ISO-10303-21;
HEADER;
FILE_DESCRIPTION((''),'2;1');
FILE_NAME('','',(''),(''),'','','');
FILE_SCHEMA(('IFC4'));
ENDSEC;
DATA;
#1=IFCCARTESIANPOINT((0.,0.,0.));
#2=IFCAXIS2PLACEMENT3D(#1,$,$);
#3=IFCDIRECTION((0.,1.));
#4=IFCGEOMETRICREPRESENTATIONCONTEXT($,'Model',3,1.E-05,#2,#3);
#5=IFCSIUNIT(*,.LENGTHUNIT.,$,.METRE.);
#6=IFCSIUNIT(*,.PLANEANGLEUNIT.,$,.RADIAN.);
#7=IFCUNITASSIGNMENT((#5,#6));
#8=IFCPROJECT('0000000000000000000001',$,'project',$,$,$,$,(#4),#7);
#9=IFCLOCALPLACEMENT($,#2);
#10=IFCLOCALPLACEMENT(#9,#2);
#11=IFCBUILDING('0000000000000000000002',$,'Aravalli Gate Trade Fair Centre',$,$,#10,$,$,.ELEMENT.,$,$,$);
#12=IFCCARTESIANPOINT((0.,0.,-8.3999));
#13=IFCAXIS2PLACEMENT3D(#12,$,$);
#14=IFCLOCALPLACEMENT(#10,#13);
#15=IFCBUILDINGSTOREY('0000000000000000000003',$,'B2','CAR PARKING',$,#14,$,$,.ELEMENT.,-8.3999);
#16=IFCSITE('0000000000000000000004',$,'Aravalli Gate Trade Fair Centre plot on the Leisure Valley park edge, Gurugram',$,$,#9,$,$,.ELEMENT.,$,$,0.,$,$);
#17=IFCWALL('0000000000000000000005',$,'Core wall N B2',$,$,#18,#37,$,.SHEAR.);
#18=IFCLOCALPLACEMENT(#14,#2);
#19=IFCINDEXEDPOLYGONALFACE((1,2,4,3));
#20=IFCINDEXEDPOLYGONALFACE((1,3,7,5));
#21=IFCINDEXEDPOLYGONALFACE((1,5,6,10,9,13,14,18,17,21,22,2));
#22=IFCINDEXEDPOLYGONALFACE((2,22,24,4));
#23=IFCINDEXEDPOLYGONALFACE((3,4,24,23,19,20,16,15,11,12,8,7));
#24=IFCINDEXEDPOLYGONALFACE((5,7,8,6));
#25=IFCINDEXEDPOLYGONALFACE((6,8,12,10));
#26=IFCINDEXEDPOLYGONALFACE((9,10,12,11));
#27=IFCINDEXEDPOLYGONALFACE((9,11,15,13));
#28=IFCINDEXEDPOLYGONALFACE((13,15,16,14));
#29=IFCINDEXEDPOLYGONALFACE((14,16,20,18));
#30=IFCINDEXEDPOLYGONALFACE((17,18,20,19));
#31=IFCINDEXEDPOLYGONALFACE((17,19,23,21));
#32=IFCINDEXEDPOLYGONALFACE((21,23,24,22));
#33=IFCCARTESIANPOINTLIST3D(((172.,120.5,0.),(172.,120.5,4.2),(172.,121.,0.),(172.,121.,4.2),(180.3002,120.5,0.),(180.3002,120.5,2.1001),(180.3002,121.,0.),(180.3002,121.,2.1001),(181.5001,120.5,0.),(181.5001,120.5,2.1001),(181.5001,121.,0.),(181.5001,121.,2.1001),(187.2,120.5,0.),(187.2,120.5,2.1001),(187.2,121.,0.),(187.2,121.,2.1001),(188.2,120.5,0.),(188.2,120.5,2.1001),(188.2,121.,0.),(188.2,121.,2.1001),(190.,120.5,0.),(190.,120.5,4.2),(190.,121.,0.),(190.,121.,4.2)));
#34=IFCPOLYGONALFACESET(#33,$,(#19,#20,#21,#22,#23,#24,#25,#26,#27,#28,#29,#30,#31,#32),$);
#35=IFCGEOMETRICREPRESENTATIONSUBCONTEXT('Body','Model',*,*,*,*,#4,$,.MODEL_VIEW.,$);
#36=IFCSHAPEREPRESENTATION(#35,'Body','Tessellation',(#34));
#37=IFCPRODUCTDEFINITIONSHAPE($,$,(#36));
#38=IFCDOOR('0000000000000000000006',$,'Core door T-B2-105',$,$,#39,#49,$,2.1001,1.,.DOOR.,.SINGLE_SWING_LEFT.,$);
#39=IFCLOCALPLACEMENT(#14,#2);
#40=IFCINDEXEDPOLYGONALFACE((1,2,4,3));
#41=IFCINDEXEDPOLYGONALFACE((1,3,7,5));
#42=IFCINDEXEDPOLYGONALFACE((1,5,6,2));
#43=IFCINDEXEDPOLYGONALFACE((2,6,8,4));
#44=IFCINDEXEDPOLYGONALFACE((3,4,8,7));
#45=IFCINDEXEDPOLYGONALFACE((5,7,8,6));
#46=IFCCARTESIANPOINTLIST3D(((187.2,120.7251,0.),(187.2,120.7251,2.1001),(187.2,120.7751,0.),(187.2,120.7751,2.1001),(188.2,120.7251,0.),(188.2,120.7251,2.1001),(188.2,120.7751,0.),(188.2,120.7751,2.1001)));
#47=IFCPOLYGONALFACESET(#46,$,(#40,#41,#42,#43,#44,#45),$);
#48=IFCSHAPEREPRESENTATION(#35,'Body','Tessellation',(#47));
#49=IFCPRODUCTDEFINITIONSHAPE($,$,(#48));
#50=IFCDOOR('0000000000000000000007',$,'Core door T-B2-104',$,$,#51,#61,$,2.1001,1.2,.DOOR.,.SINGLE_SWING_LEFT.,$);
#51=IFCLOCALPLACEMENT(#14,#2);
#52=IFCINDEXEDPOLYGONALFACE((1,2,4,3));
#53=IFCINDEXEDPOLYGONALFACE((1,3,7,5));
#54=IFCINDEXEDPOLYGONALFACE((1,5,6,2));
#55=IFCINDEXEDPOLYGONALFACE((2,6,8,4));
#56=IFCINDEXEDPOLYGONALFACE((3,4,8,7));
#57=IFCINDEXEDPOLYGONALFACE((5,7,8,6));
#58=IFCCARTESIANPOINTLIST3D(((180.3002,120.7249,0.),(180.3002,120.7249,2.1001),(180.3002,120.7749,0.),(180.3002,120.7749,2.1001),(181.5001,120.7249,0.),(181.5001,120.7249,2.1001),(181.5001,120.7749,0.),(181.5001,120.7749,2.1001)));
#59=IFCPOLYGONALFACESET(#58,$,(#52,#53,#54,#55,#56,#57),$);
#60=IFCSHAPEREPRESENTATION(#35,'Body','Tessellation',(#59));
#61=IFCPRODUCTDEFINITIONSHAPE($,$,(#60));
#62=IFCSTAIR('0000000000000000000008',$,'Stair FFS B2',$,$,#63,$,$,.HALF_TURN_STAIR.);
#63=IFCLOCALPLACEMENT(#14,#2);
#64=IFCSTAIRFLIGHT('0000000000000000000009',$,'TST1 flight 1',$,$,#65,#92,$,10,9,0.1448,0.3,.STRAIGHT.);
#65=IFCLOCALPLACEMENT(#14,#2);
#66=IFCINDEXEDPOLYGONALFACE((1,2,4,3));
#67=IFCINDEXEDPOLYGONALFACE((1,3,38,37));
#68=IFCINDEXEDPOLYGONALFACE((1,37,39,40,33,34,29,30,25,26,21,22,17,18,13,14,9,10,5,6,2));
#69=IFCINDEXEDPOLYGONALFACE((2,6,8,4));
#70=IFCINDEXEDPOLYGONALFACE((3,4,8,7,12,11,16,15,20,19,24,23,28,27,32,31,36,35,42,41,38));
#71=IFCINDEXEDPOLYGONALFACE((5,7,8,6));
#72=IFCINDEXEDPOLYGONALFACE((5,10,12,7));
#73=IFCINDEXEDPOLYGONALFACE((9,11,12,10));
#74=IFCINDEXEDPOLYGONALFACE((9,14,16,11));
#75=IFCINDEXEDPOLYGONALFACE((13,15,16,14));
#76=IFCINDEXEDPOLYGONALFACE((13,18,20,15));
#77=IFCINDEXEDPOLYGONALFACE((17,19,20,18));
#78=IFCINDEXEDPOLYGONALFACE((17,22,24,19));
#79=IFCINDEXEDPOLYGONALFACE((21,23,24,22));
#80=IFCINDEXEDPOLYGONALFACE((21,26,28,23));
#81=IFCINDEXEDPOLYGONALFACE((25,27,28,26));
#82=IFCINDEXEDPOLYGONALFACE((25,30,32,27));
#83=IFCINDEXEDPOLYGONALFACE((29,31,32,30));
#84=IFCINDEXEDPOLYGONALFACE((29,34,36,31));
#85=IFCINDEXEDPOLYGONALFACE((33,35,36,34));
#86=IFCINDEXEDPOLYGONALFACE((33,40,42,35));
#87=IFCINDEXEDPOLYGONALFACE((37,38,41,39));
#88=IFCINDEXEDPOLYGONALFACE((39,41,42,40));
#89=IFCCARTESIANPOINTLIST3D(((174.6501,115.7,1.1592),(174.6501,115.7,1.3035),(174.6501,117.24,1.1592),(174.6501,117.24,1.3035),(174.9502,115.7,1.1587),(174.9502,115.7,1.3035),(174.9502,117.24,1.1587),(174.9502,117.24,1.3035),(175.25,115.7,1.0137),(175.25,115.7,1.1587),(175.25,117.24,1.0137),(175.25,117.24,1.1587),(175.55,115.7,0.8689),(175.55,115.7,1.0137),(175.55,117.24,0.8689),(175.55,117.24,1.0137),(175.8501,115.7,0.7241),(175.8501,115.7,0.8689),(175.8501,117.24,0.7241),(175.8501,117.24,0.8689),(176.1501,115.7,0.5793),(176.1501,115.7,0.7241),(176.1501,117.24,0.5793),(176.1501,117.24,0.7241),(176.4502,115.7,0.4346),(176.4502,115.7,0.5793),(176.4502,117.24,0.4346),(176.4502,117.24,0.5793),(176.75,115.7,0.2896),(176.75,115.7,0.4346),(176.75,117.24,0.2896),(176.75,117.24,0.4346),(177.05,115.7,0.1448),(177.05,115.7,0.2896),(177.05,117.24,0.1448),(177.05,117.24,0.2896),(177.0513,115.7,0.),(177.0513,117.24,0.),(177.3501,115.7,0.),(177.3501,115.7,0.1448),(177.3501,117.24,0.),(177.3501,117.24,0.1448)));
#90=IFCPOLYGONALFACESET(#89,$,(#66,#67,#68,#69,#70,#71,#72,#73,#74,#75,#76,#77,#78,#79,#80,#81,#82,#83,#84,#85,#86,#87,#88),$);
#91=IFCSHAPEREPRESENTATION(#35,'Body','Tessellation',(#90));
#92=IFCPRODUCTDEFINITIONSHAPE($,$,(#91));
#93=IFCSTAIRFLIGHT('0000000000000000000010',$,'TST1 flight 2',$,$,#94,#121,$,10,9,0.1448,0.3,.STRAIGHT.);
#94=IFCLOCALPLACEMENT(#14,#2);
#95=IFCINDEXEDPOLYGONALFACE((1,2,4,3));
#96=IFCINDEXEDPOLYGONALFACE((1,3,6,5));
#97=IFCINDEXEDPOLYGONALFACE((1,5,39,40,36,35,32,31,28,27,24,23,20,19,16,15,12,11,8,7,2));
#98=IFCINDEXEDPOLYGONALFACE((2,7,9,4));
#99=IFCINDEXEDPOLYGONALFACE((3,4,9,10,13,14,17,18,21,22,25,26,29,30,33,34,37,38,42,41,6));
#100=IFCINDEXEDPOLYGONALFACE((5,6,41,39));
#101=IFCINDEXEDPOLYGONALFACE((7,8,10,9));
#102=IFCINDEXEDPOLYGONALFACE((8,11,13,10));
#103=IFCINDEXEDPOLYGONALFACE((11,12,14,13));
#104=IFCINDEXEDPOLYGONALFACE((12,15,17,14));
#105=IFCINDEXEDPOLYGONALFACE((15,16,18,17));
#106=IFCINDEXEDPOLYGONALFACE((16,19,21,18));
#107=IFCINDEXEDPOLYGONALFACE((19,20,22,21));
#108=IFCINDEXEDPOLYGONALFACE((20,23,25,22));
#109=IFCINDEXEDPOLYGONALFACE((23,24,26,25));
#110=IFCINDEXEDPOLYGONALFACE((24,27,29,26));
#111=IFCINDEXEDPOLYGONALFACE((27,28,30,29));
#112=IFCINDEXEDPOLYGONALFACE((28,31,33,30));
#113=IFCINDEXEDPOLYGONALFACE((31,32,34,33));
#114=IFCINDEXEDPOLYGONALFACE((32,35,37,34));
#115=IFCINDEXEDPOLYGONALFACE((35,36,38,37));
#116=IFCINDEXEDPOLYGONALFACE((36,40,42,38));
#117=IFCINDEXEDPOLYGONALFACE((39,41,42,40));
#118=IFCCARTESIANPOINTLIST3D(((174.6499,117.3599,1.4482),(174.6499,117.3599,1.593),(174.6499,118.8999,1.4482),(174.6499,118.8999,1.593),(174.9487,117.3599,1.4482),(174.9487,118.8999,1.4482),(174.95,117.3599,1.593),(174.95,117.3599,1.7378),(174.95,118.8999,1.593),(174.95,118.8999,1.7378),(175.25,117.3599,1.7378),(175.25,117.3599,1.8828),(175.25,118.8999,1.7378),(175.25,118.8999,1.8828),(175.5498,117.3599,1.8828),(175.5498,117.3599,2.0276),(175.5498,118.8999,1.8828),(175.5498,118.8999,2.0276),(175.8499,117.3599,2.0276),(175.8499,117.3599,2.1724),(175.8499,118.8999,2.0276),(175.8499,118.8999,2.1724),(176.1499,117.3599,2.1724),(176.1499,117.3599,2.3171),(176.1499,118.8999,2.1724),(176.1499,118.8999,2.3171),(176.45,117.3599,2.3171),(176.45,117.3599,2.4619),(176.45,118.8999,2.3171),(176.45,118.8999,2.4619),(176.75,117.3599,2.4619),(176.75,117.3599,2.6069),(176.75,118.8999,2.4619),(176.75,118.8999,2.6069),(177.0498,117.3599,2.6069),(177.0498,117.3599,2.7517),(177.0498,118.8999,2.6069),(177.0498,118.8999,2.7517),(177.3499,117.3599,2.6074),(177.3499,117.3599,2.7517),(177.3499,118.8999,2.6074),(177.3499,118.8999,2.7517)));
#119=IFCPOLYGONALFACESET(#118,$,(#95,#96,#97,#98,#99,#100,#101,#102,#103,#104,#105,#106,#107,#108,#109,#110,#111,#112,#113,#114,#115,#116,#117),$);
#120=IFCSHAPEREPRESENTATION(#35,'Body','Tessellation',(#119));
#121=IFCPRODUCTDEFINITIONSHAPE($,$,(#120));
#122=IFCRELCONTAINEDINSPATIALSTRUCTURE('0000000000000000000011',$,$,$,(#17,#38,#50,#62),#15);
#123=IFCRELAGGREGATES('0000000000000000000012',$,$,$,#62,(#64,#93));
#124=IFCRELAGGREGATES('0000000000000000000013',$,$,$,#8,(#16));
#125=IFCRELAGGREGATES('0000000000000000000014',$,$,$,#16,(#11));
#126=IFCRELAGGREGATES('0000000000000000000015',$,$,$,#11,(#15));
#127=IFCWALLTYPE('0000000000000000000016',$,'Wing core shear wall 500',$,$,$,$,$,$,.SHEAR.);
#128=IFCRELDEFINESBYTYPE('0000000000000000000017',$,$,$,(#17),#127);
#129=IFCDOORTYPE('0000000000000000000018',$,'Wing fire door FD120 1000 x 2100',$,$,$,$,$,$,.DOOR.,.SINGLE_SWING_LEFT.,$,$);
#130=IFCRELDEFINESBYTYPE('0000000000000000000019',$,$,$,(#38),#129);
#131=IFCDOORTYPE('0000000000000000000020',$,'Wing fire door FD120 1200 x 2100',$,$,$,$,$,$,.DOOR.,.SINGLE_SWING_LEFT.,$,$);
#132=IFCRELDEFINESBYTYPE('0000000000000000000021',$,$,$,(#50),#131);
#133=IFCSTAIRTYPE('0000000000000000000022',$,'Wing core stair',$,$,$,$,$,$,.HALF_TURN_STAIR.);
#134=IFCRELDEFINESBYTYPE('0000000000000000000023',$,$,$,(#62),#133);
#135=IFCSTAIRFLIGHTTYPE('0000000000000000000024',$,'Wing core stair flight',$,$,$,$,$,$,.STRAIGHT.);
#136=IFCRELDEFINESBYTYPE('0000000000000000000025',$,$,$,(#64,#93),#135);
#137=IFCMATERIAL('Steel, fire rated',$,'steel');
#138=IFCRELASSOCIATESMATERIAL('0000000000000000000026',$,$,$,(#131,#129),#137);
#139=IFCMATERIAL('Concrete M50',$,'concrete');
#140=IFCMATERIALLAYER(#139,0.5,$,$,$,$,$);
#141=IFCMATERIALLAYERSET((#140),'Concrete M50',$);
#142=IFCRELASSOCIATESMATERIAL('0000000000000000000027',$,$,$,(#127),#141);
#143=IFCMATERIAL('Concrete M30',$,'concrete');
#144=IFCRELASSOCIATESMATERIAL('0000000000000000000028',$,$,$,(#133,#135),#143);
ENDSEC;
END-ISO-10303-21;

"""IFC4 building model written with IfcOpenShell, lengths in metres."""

from ifc_helpers import new_model, si_unit, direction, frame, frame_2d, origin, place, context, subcontext, project, spatial, polyline, rectangle, outline, extrude, material, layer, layer_set, type_object, element, fill, aggregate, save


model = new_model("IFC4")

# Units and contexts
model_context = context("Model", 3, precision=1e-05, world=origin(), true_north=direction((0.0, 1.0)))
body_context = subcontext(model_context, "Body", "Model", "MODEL_VIEW")
ifc_project = project(units=[si_unit("LENGTHUNIT", "METRE"), si_unit("PLANEANGLEUNIT", "RADIAN")], contexts=[model_context])

# Site, building, storey
site_placement = place(None, origin())
site = spatial("IfcSite", under=ifc_project, at=site_placement, Name="Aravalli Gate Trade Fair Centre plot on the Leisure Valley park edge, Gurugram", CompositionType="ELEMENT", RefElevation=0.0)
building_placement = place(site_placement, origin())
building = spatial("IfcBuilding", under=site, at=building_placement, Name="Aravalli Gate Trade Fair Centre", CompositionType="ELEMENT")
storey_placement = place(building_placement, frame((0.0, 0.0, -8.3999)))
storey = spatial("IfcBuildingStorey", under=building, at=storey_placement, Name="B2", Description="CAR PARKING", CompositionType="ELEMENT", Elevation=-8.3999)

# Shared definitions
ifc_material_1 = material(Name="Concrete M50", Category="concrete")

# Shared definitions
ifc_material_2 = material(Name="Concrete M30", Category="concrete")

# Shared definitions
ifc_material_3 = material(Name="Steel, fire rated", Category="steel")
door_type_1 = type_object("IfcDoorType", Name="Wing fire door FD120 1200 x 2100", OperationType="SINGLE_SWING_LEFT", PredefinedType="DOOR", material=ifc_material_3)

# Wall, openings, doors
ifc_layer_1 = layer(ifc_material_1, 0.5)
ifc_layer_set_1 = layer_set([ifc_layer_1], Name="Concrete M50")
wall_type_1 = type_object("IfcWallType", Name="Wing core shear wall 500", PredefinedType="SHEAR", material=ifc_layer_set_1)
wall_1_placement = place(storey_placement, frame((172.0, 120.75, 0.0), z_axis=(0.0, 0.0, 1.0), x_axis=(1.0, 0.0, 0.0)))
wall_1 = element("IfcWall", 1, at=wall_1_placement, inside=storey, type_object=wall_type_1, Name="Core wall N B2", PredefinedType="SHEAR", context=body_context, shape_type="SweptSolid", body=[
    extrude(rectangle(XDim=18.0, YDim=0.5, at=frame_2d((9.0, 0.0))), origin(), (0.0, 0.0, 1.0), 4.2),
])
opening_1_placement = place(wall_1_placement, frame((8.3, 0.0, 0.0)))
opening_1 = element("IfcOpeningElement", 2, at=opening_1_placement, cuts=wall_1, PredefinedType="OPENING", context=body_context, shape_type="SweptSolid", body=[
    extrude(rectangle(XDim=1.2, YDim=2.1001, at=frame_2d((0.6001, 1.05))), frame((0.0, 0.26, 0.0), z_axis=(0.0, -1.0, 0.0), x_axis=(1.0, 0.0, 0.0)), (0.0, 0.0, 1.0), 0.52),
])
opening_2_placement = place(wall_1_placement, frame((15.2, 0.0, 0.0)))
opening_2 = element("IfcOpeningElement", 3, at=opening_2_placement, cuts=wall_1, PredefinedType="OPENING", context=body_context, shape_type="SweptSolid", body=[
    extrude(rectangle(XDim=1.0, YDim=2.1001, at=frame_2d((0.5, 1.05))), frame((0.0, 0.26, 0.0), z_axis=(0.0, -1.0, 0.0), x_axis=(1.0, 0.0, 0.0)), (0.0, 0.0, 1.0), 0.52),
])
door_type_2 = type_object("IfcDoorType", Name="Wing fire door FD120 1000 x 2100", OperationType="SINGLE_SWING_LEFT", PredefinedType="DOOR", material=ifc_material_3)
door_1_placement = place(opening_2_placement, frame((1.0, 0.0, 0.0), z_axis=(0.0, 0.0, 1.0), x_axis=(-1.0, 0.0, 0.0)))
door_1 = element("IfcDoor", 4, at=door_1_placement, inside=storey, type_object=door_type_2, Name="Core door T-B2-105", OperationType="SINGLE_SWING_LEFT", OverallHeight=2.1001, OverallWidth=1.0, PredefinedType="DOOR", context=body_context, shape_type="SweptSolid", body=[
    extrude(rectangle(XDim=1.0, YDim=2.1001, at=frame_2d((0.5, 1.05))), frame((0.0, 0.0249, 0.0), z_axis=(0.0, -1.0, 0.0), x_axis=(1.0, 0.0, 0.0)), (0.0, 0.0, 1.0), 0.05),
])
fill(opening_2, door_1)
door_2_placement = place(opening_1_placement, origin())
door_2 = element("IfcDoor", 5, at=door_2_placement, inside=storey, type_object=door_type_1, Name="Core door T-B2-104", OperationType="SINGLE_SWING_LEFT", OverallHeight=2.1001, OverallWidth=1.2, PredefinedType="DOOR", context=body_context, shape_type="SweptSolid", body=[
    extrude(rectangle(XDim=1.2, YDim=2.1001, at=frame_2d((0.6001, 1.05))), frame((0.0, 0.0249, 0.0), z_axis=(0.0, -1.0, 0.0), x_axis=(1.0, 0.0, 0.0)), (0.0, 0.0, 1.0), 0.05),
])
fill(opening_1, door_2)

# Stair, stair flights
stair_type = type_object("IfcStairType", Name="Wing core stair", PredefinedType="HALF_TURN_STAIR", material=ifc_material_2)
stair_placement = place(storey_placement, origin())
stair = element("IfcStair", 6, at=stair_placement, inside=storey, type_object=stair_type, Name="Stair FFS B2", PredefinedType="HALF_TURN_STAIR")
stair_flight_type = type_object("IfcStairFlightType", Name="Wing core stair flight", PredefinedType="STRAIGHT", material=ifc_material_2)
stair_flight_1_placement = place(storey_placement, frame((177.3501, 116.47, 0.0), z_axis=(0.0, 0.0, 1.0), x_axis=(-1.0, 0.0, 0.0)))
stair_flight_1 = element("IfcStairFlight", 7, at=stair_flight_1_placement, type_object=stair_flight_type, Name="TST1 flight 1", NumberOfRisers=10, NumberOfTreads=9, PredefinedType="STRAIGHT", RiserHeight=0.1448, TreadLength=0.3, context=body_context, shape_type="SweptSolid", body=[
    extrude(outline(polyline([(0.0, 0.0), (0.0, 0.1448), (0.3, 0.1448), (0.3, 0.2896), (0.6001, 0.2896), (0.6001, 0.4346), (0.8999, 0.4346), (0.8999, 0.5793), (1.2, 0.5793), (1.2, 0.7241), (1.5, 0.7241), (1.5, 0.8689), (1.8, 0.8689), (1.8, 1.0137), (2.1001, 1.0137), (2.1001, 1.1587), (2.3999, 1.1587), (2.3999, 1.3035), (2.7, 1.3035), (2.7, 1.4482), (2.7, 1.1592), (0.2988, 0.0), (0.0, 0.0)])), frame((0.0, 0.77, 0.0), z_axis=(0.0, -1.0, 0.0), x_axis=(1.0, 0.0, 0.0)), (0.0, 0.0, 1.0), 1.54),
])
stair_flight_2_placement = place(storey_placement, frame((174.6499, 118.1299, 1.4482), z_axis=(0.0, 0.0, 1.0), x_axis=(1.0, 0.0, 0.0)))
stair_flight_2 = element("IfcStairFlight", 8, at=stair_flight_2_placement, type_object=stair_flight_type, Name="TST1 flight 2", NumberOfRisers=10, NumberOfTreads=9, PredefinedType="STRAIGHT", RiserHeight=0.1448, TreadLength=0.3, context=body_context, shape_type="SweptSolid", body=[
    extrude(outline(polyline([(0.0, 0.0), (0.0, 0.1448), (0.3, 0.1448), (0.3, 0.2896), (0.6001, 0.2896), (0.6001, 0.4346), (0.8999, 0.4346), (0.8999, 0.5793), (1.2, 0.5793), (1.2, 0.7241), (1.5, 0.7241), (1.5, 0.8689), (1.8, 0.8689), (1.8, 1.0137), (2.1001, 1.0137), (2.1001, 1.1587), (2.3999, 1.1587), (2.3999, 1.3035), (2.7, 1.3035), (2.7, 1.4482), (2.7, 1.1592), (0.2988, 0.0), (0.0, 0.0)])), frame((0.0, 0.77, 0.0), z_axis=(0.0, -1.0, 0.0), x_axis=(1.0, 0.0, 0.0)), (0.0, 0.0, 1.0), 1.54),
])
aggregate(stair, [stair_flight_1, stair_flight_2])

save(model, "model.ifc")
